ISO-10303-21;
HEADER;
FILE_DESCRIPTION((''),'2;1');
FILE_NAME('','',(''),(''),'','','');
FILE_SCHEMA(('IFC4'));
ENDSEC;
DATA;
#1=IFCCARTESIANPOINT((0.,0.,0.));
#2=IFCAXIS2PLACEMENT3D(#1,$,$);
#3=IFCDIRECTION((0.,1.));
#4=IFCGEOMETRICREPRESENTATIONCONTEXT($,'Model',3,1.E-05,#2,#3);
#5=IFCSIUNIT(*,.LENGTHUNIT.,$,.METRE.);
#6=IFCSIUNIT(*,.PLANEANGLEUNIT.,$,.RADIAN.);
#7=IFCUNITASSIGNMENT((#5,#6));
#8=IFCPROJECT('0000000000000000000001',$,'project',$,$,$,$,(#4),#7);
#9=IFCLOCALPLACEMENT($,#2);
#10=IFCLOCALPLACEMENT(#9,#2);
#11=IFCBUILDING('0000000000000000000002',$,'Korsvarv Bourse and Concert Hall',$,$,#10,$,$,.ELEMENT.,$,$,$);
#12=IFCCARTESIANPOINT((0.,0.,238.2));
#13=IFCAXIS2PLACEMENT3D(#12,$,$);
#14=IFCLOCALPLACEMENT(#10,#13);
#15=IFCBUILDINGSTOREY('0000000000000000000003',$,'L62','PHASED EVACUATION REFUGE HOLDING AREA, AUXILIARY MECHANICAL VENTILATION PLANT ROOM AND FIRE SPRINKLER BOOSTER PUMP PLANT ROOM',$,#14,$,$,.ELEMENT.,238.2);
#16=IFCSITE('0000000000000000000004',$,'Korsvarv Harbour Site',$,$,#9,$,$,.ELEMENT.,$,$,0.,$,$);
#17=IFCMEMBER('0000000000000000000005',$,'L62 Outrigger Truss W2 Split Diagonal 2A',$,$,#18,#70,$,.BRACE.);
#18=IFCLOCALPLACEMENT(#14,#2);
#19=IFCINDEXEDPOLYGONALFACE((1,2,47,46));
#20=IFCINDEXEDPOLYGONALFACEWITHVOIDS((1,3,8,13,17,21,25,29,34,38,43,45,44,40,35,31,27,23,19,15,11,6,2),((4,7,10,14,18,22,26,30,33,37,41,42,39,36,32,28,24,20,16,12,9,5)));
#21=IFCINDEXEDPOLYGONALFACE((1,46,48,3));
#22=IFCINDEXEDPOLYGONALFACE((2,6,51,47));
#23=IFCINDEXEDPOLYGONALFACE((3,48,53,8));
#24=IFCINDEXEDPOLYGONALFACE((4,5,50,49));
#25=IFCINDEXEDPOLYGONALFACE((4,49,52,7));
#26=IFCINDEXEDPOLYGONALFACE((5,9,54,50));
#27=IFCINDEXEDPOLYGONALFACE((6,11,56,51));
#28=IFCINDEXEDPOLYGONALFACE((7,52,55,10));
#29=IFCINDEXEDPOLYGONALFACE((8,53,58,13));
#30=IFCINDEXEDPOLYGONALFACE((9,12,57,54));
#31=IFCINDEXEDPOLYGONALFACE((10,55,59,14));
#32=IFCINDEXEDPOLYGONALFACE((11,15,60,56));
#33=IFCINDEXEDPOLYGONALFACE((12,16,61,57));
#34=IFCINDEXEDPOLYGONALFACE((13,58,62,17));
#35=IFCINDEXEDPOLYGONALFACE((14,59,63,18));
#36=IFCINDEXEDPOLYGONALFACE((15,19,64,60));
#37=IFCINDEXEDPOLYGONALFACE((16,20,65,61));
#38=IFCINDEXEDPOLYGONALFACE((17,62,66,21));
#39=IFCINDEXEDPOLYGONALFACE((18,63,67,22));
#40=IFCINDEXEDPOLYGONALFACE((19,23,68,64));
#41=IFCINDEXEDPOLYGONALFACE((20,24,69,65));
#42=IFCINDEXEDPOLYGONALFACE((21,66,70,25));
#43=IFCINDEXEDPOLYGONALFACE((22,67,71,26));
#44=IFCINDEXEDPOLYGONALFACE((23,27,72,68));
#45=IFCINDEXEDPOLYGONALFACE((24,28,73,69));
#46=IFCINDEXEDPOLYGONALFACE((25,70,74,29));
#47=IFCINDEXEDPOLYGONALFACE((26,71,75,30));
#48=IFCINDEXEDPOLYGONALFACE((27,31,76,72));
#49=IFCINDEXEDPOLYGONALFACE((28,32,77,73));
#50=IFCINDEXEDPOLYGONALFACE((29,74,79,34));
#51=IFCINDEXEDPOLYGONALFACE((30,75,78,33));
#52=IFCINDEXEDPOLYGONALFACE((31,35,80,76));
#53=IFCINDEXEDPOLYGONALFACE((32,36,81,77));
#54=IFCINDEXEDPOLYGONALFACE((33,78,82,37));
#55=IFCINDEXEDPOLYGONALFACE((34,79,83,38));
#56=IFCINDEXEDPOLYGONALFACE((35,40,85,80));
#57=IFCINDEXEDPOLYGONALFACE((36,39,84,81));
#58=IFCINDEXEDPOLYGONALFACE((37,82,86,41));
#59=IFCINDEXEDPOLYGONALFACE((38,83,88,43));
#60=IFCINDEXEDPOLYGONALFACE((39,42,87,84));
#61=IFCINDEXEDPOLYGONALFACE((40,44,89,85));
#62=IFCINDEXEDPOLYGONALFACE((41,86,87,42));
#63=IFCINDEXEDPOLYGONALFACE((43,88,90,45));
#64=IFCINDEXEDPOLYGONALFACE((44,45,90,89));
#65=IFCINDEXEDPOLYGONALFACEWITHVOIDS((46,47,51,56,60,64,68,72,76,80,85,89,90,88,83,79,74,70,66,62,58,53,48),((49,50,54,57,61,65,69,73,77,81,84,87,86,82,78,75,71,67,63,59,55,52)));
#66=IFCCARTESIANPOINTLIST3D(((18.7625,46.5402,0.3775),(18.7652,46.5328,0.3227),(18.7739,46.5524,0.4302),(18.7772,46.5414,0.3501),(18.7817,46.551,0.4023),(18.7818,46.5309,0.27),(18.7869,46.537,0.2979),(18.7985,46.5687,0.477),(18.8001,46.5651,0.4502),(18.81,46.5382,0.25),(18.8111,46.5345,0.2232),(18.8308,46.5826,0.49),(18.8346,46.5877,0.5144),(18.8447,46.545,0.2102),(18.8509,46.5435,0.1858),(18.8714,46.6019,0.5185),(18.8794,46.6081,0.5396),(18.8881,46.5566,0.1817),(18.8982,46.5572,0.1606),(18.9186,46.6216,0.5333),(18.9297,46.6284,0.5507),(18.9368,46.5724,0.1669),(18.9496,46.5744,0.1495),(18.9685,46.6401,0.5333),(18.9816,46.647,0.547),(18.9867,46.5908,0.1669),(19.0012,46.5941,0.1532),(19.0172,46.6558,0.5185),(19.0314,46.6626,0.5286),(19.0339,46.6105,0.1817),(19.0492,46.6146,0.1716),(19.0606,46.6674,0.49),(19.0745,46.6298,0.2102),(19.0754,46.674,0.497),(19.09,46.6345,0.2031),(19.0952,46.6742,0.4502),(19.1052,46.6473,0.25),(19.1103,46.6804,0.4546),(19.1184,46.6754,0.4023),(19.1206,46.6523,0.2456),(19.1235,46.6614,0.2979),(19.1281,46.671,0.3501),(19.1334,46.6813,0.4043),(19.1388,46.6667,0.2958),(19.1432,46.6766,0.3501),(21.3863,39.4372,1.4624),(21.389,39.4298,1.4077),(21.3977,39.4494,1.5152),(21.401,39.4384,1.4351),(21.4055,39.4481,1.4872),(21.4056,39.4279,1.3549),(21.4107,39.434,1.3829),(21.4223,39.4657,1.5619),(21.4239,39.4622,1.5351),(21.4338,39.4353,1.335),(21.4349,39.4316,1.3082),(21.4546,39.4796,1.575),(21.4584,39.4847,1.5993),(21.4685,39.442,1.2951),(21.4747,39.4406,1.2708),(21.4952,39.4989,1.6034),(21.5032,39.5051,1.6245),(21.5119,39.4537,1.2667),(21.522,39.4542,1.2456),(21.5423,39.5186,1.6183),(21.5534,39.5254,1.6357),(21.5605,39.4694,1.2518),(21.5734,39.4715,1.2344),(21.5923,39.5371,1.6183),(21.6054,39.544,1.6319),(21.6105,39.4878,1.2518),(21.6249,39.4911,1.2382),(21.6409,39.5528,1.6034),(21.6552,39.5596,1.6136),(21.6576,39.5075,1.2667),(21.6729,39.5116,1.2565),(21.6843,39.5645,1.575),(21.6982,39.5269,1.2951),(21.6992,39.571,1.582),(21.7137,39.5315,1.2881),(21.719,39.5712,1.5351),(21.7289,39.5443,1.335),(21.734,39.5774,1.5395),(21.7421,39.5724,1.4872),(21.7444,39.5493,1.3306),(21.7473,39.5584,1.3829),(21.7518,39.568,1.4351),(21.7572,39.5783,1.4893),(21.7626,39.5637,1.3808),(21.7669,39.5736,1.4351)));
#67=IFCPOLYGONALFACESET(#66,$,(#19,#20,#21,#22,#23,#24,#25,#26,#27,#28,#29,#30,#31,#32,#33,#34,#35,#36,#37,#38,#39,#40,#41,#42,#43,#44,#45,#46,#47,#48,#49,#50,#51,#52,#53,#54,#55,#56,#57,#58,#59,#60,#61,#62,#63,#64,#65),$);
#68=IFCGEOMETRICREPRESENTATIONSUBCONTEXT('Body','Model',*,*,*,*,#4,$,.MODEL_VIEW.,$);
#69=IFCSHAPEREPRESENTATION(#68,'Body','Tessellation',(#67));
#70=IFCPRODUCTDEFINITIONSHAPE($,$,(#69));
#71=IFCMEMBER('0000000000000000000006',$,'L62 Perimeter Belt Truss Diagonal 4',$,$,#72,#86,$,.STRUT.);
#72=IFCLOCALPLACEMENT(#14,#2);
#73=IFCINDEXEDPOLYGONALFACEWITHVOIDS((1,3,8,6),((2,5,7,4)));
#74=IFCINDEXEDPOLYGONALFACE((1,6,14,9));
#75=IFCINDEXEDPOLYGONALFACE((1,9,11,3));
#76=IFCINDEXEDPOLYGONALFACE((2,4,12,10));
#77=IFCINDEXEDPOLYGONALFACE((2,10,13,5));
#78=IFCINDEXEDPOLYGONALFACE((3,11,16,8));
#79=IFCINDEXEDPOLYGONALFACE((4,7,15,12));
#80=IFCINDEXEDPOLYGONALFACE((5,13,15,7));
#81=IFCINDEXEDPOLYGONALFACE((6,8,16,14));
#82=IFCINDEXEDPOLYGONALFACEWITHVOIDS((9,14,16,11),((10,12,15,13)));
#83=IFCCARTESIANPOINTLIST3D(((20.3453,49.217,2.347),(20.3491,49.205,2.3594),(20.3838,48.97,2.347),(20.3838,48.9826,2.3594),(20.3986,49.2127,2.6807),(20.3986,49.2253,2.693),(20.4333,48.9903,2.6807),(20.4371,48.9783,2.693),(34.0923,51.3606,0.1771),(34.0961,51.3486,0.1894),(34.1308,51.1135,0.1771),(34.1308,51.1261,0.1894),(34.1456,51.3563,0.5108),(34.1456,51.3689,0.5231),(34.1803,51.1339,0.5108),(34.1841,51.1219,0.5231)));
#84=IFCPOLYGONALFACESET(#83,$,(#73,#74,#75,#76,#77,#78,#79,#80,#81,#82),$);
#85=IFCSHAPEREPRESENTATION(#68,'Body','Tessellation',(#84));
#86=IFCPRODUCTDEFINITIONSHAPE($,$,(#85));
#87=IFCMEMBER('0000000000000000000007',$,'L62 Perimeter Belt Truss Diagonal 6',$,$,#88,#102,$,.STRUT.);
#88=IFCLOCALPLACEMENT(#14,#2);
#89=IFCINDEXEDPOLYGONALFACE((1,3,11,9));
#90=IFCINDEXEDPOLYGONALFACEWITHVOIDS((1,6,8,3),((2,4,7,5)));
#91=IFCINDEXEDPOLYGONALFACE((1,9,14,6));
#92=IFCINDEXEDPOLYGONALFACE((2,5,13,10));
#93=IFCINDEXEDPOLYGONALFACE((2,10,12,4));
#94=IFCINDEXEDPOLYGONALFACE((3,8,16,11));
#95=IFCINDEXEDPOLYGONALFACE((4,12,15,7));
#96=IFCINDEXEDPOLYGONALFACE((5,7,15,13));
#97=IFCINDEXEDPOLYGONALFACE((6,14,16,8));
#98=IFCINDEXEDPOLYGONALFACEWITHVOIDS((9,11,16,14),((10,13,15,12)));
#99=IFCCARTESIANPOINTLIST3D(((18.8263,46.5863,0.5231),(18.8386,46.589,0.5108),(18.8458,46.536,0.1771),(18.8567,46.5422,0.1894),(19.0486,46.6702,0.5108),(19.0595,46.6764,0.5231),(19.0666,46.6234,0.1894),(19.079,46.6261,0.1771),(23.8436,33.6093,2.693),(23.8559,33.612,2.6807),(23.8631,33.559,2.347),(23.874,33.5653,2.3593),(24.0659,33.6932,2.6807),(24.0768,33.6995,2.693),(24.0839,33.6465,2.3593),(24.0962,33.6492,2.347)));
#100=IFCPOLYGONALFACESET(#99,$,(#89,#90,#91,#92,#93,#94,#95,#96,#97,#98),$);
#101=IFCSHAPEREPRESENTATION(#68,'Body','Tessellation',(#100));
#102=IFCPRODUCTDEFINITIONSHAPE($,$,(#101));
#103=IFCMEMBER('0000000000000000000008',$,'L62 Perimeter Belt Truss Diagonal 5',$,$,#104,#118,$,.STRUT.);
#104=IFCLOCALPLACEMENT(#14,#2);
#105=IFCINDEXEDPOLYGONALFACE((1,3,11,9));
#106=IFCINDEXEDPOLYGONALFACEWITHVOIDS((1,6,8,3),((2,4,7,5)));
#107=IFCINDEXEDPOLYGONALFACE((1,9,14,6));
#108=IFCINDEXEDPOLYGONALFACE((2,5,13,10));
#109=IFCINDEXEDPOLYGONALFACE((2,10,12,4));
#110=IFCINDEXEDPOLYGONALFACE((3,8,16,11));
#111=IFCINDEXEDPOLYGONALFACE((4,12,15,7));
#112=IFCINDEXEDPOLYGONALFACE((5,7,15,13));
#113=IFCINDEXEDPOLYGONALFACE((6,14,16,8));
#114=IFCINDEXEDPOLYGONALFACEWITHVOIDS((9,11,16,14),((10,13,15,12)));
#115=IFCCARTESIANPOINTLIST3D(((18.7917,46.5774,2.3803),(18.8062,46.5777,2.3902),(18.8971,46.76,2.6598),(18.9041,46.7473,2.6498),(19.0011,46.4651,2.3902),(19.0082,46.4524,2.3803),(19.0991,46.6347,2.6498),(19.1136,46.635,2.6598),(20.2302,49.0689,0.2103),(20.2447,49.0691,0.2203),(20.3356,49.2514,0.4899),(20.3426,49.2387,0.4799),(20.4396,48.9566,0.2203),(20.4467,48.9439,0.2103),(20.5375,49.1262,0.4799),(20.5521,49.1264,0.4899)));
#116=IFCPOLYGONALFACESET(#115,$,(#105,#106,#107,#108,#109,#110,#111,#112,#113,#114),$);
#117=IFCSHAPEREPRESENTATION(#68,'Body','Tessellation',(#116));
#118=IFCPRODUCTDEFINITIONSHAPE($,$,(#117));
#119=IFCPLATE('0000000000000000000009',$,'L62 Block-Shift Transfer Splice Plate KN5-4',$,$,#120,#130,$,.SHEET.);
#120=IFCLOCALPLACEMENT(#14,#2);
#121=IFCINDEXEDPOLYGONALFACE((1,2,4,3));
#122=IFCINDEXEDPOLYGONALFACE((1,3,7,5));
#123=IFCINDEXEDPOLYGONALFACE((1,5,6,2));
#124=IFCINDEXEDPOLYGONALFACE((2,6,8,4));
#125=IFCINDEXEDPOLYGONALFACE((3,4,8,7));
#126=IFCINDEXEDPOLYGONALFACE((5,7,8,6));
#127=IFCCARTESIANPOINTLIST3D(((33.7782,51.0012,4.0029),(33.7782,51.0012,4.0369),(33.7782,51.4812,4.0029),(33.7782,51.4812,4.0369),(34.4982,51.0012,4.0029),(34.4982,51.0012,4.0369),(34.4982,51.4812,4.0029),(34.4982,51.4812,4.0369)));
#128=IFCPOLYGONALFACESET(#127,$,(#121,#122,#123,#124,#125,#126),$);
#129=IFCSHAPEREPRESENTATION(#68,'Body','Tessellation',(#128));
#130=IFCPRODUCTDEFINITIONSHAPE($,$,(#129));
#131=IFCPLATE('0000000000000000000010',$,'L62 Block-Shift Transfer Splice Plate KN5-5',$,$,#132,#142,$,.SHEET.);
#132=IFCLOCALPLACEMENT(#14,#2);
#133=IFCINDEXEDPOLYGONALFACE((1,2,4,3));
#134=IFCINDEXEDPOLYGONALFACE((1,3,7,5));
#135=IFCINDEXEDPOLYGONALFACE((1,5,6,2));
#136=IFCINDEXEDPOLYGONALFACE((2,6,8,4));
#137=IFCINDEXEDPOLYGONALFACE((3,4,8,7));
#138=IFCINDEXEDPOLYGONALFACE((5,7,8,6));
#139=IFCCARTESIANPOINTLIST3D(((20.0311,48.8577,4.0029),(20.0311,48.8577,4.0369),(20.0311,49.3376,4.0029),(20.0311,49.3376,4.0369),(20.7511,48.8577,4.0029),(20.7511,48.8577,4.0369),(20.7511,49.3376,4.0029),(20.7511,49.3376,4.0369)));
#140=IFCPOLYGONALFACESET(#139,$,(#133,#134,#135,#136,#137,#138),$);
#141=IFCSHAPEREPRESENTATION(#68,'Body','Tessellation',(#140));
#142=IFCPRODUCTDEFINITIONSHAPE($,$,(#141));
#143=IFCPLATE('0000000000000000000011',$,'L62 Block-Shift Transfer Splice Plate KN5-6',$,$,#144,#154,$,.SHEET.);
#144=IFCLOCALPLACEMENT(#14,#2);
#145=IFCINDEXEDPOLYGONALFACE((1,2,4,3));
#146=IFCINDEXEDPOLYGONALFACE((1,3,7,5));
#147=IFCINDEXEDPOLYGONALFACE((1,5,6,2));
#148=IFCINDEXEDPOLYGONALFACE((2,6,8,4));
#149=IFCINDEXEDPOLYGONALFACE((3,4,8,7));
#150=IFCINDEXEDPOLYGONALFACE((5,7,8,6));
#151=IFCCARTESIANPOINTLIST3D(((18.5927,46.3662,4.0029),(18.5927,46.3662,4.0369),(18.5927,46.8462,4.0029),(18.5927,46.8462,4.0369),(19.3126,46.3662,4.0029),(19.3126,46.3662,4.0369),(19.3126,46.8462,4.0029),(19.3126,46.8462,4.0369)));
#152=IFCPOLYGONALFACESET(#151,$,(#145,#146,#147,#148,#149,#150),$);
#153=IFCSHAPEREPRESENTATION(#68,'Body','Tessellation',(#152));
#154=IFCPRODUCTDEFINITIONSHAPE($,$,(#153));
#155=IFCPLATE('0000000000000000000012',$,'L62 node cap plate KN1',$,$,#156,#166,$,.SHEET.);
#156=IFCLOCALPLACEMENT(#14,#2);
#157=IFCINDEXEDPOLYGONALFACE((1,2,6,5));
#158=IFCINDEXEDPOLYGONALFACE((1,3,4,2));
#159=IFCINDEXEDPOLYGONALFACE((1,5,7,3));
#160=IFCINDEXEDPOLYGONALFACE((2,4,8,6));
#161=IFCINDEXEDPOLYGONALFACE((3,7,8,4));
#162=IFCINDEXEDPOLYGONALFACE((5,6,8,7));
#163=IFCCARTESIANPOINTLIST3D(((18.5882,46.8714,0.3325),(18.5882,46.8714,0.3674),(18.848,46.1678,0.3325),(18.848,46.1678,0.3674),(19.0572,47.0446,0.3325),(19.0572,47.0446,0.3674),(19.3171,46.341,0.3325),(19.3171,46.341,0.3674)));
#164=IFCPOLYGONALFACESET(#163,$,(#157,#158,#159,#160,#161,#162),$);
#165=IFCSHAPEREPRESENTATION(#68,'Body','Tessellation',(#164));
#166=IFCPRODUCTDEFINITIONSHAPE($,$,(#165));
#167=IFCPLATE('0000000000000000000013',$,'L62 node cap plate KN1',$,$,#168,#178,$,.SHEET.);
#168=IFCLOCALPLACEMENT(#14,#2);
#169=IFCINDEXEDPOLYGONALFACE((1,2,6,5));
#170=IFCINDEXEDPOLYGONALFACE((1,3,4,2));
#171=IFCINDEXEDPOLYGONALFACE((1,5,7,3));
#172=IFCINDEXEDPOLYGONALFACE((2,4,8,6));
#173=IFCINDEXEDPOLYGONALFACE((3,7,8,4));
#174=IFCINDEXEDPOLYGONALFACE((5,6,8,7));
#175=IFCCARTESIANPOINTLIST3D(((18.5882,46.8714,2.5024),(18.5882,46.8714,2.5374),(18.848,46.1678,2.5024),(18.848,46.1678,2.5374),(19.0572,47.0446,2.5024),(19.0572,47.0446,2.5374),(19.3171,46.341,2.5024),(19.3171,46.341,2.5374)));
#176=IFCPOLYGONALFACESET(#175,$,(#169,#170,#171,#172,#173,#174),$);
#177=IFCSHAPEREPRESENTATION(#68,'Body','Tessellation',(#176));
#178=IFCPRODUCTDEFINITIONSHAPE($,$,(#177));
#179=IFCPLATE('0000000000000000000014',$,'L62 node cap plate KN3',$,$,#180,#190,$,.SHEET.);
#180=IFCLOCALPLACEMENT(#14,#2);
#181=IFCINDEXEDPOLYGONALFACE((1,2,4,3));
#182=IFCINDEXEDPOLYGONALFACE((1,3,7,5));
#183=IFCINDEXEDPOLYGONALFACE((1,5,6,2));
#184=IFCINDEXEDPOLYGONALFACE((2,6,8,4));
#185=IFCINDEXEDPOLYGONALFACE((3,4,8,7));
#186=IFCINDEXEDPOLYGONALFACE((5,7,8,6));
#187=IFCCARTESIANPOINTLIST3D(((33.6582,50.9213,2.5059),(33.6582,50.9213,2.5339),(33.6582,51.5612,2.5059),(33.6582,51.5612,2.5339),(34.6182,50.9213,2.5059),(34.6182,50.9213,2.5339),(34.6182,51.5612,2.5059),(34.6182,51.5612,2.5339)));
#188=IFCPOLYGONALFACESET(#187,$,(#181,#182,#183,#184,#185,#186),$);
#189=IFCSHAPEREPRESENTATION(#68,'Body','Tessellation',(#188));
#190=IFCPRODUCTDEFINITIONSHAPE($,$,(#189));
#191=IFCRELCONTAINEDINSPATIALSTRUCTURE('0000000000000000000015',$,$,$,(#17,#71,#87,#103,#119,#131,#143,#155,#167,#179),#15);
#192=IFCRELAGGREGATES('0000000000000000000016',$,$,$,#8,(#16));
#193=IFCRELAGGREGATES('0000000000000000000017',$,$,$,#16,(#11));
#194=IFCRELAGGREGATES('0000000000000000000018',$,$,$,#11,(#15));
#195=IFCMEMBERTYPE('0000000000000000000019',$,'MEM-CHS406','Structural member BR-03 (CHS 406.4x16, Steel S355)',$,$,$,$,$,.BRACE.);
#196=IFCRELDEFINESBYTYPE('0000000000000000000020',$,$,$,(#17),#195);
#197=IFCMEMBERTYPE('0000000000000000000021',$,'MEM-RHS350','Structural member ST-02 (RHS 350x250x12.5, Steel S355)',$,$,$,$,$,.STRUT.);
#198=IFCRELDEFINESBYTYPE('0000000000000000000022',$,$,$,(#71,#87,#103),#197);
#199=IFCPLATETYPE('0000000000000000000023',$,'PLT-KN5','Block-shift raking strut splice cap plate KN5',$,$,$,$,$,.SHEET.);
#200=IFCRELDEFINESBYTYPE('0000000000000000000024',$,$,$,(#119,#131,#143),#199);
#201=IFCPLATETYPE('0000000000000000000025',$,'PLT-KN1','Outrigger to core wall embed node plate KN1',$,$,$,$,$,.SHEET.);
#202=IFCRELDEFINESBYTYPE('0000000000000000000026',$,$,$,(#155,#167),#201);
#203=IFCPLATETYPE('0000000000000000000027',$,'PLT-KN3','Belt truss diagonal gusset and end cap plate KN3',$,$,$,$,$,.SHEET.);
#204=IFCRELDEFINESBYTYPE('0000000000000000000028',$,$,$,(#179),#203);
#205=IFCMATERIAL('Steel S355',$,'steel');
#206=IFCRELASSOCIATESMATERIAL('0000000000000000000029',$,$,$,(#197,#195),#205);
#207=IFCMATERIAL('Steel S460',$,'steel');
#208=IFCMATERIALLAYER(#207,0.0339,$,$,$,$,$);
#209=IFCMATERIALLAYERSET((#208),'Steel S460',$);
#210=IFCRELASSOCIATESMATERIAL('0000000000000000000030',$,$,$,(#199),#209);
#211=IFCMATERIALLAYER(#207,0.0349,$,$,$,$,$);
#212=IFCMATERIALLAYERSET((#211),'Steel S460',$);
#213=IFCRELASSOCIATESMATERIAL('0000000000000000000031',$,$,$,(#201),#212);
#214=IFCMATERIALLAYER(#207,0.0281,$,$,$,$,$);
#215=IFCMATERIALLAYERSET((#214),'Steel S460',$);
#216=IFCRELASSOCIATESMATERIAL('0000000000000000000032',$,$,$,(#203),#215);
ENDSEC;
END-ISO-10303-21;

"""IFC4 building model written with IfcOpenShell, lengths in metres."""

from ifc_helpers import new_model, si_unit, direction, frame, origin, origin_2d, place, context, subcontext, project, spatial, rectangle, hollow_rectangle, hollow_circle, extrude, source, transform, mapped, material, layer, layer_set, material_profile, profile_set, type_object, element, save


model = new_model("IFC4")

# Units and contexts
model_context = context("Model", 3, precision=1e-05, world=origin(), true_north=direction((0.0, 1.0)))
body_context = subcontext(model_context, "Body", "Model", "MODEL_VIEW")
ifc_project = project(units=[si_unit("LENGTHUNIT", "METRE"), si_unit("PLANEANGLEUNIT", "RADIAN")], contexts=[model_context])

# Site, building, storey
site_placement = place(None, origin())
site = spatial("IfcSite", under=ifc_project, at=site_placement, Name="Korsvarv Harbour Site", CompositionType="ELEMENT", RefElevation=0.0)
building_placement = place(site_placement, origin())
building = spatial("IfcBuilding", under=site, at=building_placement, Name="Korsvarv Bourse and Concert Hall", CompositionType="ELEMENT")
storey_placement = place(building_placement, frame((0.0, 0.0, 238.2)))
storey = spatial("IfcBuildingStorey", under=building, at=storey_placement, Name="L62", Description="PHASED EVACUATION REFUGE HOLDING AREA, AUXILIARY MECHANICAL VENTILATION PLANT ROOM AND FIRE SPRINKLER BOOSTER PUMP PLANT ROOM", CompositionType="ELEMENT", Elevation=238.2)

# Shared definitions
ifc_material_1 = material(Name="Steel S355", Category="steel")

# Shared definitions
ifc_material_profile_1 = material_profile(ifc_material_1, hollow_rectangle(XDim=0.25, YDim=0.3501, WallThickness=0.0125, at=origin_2d()), Name="RHS 350x250x12.5")
ifc_profile_set_1 = profile_set([ifc_material_profile_1], Name="Steel S355")
member_type_1 = type_object("IfcMemberType", Name="MEM-RHS350", Description="Structural member ST-02 (RHS 350x250x12.5, Steel S355)", PredefinedType="STRUT", material=ifc_profile_set_1)

# Members
ifc_material_profile_2 = material_profile(ifc_material_1, hollow_circle(Radius=0.2031, WallThickness=0.0161, at=origin_2d()), Name="CHS 406.4x16")
ifc_profile_set_2 = profile_set([ifc_material_profile_2], Name="Steel S355")
member_type_2 = type_object("IfcMemberType", Name="MEM-CHS406", Description="Structural member BR-03 (CHS 406.4x16, Steel S355)", PredefinedType="BRACE", material=ifc_profile_set_2)
shared_shape_1 = source(origin(), body_context, "Body", "SweptSolid", [
    extrude(hollow_circle(Radius=0.2031, WallThickness=0.0161, at=origin_2d()), origin(), (0.0, 0.0, 1.0), 7.6494),
])
member_1_placement = place(storey_placement, frame((18.9526, 46.6062, 0.3501), z_axis=(0.343002, -0.928565, 0.141835), x_axis=(0.938048, 0.346505, 0.0)))
element("IfcMember", 1, at=member_1_placement, inside=storey, type_object=member_type_2, Name="L62 Outrigger Truss W2 Split Diagonal 2A", PredefinedType="BRACE", context=body_context, shape_type="MappedRepresentation", body=[
    mapped(shared_shape_1, transform((0.0, 0.0, 0.0), scale=1.0)),
])
shared_shape_2 = source(origin(), body_context, "Body", "SweptSolid", [
    extrude(hollow_rectangle(XDim=0.25, YDim=0.3501, WallThickness=0.0125, at=origin_2d()), origin(), (0.0, 0.0, 1.0), 14.0813),
])
for number, where, z_axis, x_axis, name in (
    (2, (34.1382, 51.2412, 0.3501), (-0.976259, -0.152226, 0.154099), (0.154066, -0.98806, 0.0), "L62 Perimeter Belt Truss Diagonal 4"),
    (3, (18.9526, 46.6062, 0.3501), (0.356309, -0.921573, 0.154098), (0.932714, 0.360616, 0.0), "L62 Perimeter Belt Truss Diagonal 6"),
):
    element("IfcMember", number, at=place(storey_placement, frame(where, z_axis=z_axis, x_axis=x_axis)), inside=storey, type_object=member_type_1, Name=name, PredefinedType="STRUT", context=body_context, shape_type="MappedRepresentation", body=[
        mapped(shared_shape_2, transform((0.0, 0.0, 0.0), scale=1.0)),
    ])
shared_shape_3 = source(origin(), body_context, "Body", "SweptSolid", [
    extrude(hollow_rectangle(XDim=0.25, YDim=0.3501, WallThickness=0.0125, at=origin_2d()), origin(), (0.0, 0.0, 1.0), 3.6035),
])
member_2_placement = place(storey_placement, frame((20.3911, 49.0977, 0.3501), z_axis=(-0.39919, -0.691401, 0.602173), x_axis=(0.86602, -0.500009, 0.0)))
element("IfcMember", 4, at=member_2_placement, inside=storey, type_object=member_type_1, Name="L62 Perimeter Belt Truss Diagonal 5", PredefinedType="STRUT", context=body_context, shape_type="MappedRepresentation", body=[
    mapped(shared_shape_3, transform((0.0, 0.0, 0.0), scale=1.0)),
])

# Plates
ifc_material_2 = material(Name="Steel S460", Category="steel")
ifc_layer_1 = layer(ifc_material_2, 0.0339)
ifc_layer_set_1 = layer_set([ifc_layer_1], Name="Steel S460")
plate_type_1 = type_object("IfcPlateType", Name="PLT-KN5", Description="Block-shift raking strut splice cap plate KN5", PredefinedType="SHEET", material=ifc_layer_set_1)
shared_shape_4 = source(origin(), body_context, "Body", "SweptSolid", [
    extrude(rectangle(XDim=0.72, YDim=0.48, at=origin_2d()), origin(), (0.0, 0.0, 1.0), 0.0339),
])
for number, where, z_axis, x_axis, name in (
    (5, (34.1382, 51.2412, 4.0029), (0.0, 0.0, 1.0), (1.0, 0.0, 0.0), "L62 Block-Shift Transfer Splice Plate KN5-4"),
    (6, (20.3911, 49.0977, 4.0029), (0.0, 0.0, 1.0), (1.0, 0.0, 0.0), "L62 Block-Shift Transfer Splice Plate KN5-5"),
    (7, (18.9526, 46.6062, 4.0029), (0.0, 0.0, 1.0), (1.0, 0.0, 0.0), "L62 Block-Shift Transfer Splice Plate KN5-6"),
):
    element("IfcPlate", number, at=place(storey_placement, frame(where, z_axis=z_axis, x_axis=x_axis)), inside=storey, type_object=plate_type_1, Name=name, PredefinedType="SHEET", context=body_context, shape_type="MappedRepresentation", body=[
        mapped(shared_shape_4, transform((0.0, 0.0, 0.0), scale=1.0)),
    ])
ifc_layer_2 = layer(ifc_material_2, 0.0349)
ifc_layer_set_2 = layer_set([ifc_layer_2], Name="Steel S460")
plate_type_2 = type_object("IfcPlateType", Name="PLT-KN1", Description="Outrigger to core wall embed node plate KN1", PredefinedType="SHEET", material=ifc_layer_set_2)
shared_shape_5 = source(origin(), body_context, "Body", "SweptSolid", [
    extrude(rectangle(XDim=0.75, YDim=0.5, at=origin_2d()), origin(), (0.0, 0.0, 1.0), 0.0349),
])
for number, where, z_axis, x_axis, name in (
    (8, (18.9526, 46.6062, 0.3325), (0.0, 0.0, 1.0), (-0.346445, 0.93807, 0.0), "L62 node cap plate KN1"),
    (9, (18.9526, 46.6062, 2.5024), (0.0, 0.0, 1.0), (-0.346445, 0.93807, 0.0), "L62 node cap plate KN1"),
):
    element("IfcPlate", number, at=place(storey_placement, frame(where, z_axis=z_axis, x_axis=x_axis)), inside=storey, type_object=plate_type_2, Name=name, PredefinedType="SHEET", context=body_context, shape_type="MappedRepresentation", body=[
        mapped(shared_shape_5, transform((0.0, 0.0, 0.0), scale=1.0)),
    ])
ifc_layer_3 = layer(ifc_material_2, 0.0281)
ifc_layer_set_3 = layer_set([ifc_layer_3], Name="Steel S460")
plate_type_3 = type_object("IfcPlateType", Name="PLT-KN3", Description="Belt truss diagonal gusset and end cap plate KN3", PredefinedType="SHEET", material=ifc_layer_set_3)
shared_shape_6 = source(origin(), body_context, "Body", "SweptSolid", [
    extrude(rectangle(XDim=0.96, YDim=0.6399, at=origin_2d()), origin(), (0.0, 0.0, 1.0), 0.0281),
])
for number, where, z_axis, x_axis, name in (
    (10, (34.1382, 51.2412, 2.5059), (0.0, 0.0, 1.0), (1.0, 0.0, 0.0), "L62 node cap plate KN3"),
):
    element("IfcPlate", number, at=place(storey_placement, frame(where, z_axis=z_axis, x_axis=x_axis)), inside=storey, type_object=plate_type_3, Name=name, PredefinedType="SHEET", context=body_context, shape_type="MappedRepresentation", body=[
        mapped(shared_shape_6, transform((0.0, 0.0, 0.0), scale=1.0)),
    ])

save(model, "model.ifc")
